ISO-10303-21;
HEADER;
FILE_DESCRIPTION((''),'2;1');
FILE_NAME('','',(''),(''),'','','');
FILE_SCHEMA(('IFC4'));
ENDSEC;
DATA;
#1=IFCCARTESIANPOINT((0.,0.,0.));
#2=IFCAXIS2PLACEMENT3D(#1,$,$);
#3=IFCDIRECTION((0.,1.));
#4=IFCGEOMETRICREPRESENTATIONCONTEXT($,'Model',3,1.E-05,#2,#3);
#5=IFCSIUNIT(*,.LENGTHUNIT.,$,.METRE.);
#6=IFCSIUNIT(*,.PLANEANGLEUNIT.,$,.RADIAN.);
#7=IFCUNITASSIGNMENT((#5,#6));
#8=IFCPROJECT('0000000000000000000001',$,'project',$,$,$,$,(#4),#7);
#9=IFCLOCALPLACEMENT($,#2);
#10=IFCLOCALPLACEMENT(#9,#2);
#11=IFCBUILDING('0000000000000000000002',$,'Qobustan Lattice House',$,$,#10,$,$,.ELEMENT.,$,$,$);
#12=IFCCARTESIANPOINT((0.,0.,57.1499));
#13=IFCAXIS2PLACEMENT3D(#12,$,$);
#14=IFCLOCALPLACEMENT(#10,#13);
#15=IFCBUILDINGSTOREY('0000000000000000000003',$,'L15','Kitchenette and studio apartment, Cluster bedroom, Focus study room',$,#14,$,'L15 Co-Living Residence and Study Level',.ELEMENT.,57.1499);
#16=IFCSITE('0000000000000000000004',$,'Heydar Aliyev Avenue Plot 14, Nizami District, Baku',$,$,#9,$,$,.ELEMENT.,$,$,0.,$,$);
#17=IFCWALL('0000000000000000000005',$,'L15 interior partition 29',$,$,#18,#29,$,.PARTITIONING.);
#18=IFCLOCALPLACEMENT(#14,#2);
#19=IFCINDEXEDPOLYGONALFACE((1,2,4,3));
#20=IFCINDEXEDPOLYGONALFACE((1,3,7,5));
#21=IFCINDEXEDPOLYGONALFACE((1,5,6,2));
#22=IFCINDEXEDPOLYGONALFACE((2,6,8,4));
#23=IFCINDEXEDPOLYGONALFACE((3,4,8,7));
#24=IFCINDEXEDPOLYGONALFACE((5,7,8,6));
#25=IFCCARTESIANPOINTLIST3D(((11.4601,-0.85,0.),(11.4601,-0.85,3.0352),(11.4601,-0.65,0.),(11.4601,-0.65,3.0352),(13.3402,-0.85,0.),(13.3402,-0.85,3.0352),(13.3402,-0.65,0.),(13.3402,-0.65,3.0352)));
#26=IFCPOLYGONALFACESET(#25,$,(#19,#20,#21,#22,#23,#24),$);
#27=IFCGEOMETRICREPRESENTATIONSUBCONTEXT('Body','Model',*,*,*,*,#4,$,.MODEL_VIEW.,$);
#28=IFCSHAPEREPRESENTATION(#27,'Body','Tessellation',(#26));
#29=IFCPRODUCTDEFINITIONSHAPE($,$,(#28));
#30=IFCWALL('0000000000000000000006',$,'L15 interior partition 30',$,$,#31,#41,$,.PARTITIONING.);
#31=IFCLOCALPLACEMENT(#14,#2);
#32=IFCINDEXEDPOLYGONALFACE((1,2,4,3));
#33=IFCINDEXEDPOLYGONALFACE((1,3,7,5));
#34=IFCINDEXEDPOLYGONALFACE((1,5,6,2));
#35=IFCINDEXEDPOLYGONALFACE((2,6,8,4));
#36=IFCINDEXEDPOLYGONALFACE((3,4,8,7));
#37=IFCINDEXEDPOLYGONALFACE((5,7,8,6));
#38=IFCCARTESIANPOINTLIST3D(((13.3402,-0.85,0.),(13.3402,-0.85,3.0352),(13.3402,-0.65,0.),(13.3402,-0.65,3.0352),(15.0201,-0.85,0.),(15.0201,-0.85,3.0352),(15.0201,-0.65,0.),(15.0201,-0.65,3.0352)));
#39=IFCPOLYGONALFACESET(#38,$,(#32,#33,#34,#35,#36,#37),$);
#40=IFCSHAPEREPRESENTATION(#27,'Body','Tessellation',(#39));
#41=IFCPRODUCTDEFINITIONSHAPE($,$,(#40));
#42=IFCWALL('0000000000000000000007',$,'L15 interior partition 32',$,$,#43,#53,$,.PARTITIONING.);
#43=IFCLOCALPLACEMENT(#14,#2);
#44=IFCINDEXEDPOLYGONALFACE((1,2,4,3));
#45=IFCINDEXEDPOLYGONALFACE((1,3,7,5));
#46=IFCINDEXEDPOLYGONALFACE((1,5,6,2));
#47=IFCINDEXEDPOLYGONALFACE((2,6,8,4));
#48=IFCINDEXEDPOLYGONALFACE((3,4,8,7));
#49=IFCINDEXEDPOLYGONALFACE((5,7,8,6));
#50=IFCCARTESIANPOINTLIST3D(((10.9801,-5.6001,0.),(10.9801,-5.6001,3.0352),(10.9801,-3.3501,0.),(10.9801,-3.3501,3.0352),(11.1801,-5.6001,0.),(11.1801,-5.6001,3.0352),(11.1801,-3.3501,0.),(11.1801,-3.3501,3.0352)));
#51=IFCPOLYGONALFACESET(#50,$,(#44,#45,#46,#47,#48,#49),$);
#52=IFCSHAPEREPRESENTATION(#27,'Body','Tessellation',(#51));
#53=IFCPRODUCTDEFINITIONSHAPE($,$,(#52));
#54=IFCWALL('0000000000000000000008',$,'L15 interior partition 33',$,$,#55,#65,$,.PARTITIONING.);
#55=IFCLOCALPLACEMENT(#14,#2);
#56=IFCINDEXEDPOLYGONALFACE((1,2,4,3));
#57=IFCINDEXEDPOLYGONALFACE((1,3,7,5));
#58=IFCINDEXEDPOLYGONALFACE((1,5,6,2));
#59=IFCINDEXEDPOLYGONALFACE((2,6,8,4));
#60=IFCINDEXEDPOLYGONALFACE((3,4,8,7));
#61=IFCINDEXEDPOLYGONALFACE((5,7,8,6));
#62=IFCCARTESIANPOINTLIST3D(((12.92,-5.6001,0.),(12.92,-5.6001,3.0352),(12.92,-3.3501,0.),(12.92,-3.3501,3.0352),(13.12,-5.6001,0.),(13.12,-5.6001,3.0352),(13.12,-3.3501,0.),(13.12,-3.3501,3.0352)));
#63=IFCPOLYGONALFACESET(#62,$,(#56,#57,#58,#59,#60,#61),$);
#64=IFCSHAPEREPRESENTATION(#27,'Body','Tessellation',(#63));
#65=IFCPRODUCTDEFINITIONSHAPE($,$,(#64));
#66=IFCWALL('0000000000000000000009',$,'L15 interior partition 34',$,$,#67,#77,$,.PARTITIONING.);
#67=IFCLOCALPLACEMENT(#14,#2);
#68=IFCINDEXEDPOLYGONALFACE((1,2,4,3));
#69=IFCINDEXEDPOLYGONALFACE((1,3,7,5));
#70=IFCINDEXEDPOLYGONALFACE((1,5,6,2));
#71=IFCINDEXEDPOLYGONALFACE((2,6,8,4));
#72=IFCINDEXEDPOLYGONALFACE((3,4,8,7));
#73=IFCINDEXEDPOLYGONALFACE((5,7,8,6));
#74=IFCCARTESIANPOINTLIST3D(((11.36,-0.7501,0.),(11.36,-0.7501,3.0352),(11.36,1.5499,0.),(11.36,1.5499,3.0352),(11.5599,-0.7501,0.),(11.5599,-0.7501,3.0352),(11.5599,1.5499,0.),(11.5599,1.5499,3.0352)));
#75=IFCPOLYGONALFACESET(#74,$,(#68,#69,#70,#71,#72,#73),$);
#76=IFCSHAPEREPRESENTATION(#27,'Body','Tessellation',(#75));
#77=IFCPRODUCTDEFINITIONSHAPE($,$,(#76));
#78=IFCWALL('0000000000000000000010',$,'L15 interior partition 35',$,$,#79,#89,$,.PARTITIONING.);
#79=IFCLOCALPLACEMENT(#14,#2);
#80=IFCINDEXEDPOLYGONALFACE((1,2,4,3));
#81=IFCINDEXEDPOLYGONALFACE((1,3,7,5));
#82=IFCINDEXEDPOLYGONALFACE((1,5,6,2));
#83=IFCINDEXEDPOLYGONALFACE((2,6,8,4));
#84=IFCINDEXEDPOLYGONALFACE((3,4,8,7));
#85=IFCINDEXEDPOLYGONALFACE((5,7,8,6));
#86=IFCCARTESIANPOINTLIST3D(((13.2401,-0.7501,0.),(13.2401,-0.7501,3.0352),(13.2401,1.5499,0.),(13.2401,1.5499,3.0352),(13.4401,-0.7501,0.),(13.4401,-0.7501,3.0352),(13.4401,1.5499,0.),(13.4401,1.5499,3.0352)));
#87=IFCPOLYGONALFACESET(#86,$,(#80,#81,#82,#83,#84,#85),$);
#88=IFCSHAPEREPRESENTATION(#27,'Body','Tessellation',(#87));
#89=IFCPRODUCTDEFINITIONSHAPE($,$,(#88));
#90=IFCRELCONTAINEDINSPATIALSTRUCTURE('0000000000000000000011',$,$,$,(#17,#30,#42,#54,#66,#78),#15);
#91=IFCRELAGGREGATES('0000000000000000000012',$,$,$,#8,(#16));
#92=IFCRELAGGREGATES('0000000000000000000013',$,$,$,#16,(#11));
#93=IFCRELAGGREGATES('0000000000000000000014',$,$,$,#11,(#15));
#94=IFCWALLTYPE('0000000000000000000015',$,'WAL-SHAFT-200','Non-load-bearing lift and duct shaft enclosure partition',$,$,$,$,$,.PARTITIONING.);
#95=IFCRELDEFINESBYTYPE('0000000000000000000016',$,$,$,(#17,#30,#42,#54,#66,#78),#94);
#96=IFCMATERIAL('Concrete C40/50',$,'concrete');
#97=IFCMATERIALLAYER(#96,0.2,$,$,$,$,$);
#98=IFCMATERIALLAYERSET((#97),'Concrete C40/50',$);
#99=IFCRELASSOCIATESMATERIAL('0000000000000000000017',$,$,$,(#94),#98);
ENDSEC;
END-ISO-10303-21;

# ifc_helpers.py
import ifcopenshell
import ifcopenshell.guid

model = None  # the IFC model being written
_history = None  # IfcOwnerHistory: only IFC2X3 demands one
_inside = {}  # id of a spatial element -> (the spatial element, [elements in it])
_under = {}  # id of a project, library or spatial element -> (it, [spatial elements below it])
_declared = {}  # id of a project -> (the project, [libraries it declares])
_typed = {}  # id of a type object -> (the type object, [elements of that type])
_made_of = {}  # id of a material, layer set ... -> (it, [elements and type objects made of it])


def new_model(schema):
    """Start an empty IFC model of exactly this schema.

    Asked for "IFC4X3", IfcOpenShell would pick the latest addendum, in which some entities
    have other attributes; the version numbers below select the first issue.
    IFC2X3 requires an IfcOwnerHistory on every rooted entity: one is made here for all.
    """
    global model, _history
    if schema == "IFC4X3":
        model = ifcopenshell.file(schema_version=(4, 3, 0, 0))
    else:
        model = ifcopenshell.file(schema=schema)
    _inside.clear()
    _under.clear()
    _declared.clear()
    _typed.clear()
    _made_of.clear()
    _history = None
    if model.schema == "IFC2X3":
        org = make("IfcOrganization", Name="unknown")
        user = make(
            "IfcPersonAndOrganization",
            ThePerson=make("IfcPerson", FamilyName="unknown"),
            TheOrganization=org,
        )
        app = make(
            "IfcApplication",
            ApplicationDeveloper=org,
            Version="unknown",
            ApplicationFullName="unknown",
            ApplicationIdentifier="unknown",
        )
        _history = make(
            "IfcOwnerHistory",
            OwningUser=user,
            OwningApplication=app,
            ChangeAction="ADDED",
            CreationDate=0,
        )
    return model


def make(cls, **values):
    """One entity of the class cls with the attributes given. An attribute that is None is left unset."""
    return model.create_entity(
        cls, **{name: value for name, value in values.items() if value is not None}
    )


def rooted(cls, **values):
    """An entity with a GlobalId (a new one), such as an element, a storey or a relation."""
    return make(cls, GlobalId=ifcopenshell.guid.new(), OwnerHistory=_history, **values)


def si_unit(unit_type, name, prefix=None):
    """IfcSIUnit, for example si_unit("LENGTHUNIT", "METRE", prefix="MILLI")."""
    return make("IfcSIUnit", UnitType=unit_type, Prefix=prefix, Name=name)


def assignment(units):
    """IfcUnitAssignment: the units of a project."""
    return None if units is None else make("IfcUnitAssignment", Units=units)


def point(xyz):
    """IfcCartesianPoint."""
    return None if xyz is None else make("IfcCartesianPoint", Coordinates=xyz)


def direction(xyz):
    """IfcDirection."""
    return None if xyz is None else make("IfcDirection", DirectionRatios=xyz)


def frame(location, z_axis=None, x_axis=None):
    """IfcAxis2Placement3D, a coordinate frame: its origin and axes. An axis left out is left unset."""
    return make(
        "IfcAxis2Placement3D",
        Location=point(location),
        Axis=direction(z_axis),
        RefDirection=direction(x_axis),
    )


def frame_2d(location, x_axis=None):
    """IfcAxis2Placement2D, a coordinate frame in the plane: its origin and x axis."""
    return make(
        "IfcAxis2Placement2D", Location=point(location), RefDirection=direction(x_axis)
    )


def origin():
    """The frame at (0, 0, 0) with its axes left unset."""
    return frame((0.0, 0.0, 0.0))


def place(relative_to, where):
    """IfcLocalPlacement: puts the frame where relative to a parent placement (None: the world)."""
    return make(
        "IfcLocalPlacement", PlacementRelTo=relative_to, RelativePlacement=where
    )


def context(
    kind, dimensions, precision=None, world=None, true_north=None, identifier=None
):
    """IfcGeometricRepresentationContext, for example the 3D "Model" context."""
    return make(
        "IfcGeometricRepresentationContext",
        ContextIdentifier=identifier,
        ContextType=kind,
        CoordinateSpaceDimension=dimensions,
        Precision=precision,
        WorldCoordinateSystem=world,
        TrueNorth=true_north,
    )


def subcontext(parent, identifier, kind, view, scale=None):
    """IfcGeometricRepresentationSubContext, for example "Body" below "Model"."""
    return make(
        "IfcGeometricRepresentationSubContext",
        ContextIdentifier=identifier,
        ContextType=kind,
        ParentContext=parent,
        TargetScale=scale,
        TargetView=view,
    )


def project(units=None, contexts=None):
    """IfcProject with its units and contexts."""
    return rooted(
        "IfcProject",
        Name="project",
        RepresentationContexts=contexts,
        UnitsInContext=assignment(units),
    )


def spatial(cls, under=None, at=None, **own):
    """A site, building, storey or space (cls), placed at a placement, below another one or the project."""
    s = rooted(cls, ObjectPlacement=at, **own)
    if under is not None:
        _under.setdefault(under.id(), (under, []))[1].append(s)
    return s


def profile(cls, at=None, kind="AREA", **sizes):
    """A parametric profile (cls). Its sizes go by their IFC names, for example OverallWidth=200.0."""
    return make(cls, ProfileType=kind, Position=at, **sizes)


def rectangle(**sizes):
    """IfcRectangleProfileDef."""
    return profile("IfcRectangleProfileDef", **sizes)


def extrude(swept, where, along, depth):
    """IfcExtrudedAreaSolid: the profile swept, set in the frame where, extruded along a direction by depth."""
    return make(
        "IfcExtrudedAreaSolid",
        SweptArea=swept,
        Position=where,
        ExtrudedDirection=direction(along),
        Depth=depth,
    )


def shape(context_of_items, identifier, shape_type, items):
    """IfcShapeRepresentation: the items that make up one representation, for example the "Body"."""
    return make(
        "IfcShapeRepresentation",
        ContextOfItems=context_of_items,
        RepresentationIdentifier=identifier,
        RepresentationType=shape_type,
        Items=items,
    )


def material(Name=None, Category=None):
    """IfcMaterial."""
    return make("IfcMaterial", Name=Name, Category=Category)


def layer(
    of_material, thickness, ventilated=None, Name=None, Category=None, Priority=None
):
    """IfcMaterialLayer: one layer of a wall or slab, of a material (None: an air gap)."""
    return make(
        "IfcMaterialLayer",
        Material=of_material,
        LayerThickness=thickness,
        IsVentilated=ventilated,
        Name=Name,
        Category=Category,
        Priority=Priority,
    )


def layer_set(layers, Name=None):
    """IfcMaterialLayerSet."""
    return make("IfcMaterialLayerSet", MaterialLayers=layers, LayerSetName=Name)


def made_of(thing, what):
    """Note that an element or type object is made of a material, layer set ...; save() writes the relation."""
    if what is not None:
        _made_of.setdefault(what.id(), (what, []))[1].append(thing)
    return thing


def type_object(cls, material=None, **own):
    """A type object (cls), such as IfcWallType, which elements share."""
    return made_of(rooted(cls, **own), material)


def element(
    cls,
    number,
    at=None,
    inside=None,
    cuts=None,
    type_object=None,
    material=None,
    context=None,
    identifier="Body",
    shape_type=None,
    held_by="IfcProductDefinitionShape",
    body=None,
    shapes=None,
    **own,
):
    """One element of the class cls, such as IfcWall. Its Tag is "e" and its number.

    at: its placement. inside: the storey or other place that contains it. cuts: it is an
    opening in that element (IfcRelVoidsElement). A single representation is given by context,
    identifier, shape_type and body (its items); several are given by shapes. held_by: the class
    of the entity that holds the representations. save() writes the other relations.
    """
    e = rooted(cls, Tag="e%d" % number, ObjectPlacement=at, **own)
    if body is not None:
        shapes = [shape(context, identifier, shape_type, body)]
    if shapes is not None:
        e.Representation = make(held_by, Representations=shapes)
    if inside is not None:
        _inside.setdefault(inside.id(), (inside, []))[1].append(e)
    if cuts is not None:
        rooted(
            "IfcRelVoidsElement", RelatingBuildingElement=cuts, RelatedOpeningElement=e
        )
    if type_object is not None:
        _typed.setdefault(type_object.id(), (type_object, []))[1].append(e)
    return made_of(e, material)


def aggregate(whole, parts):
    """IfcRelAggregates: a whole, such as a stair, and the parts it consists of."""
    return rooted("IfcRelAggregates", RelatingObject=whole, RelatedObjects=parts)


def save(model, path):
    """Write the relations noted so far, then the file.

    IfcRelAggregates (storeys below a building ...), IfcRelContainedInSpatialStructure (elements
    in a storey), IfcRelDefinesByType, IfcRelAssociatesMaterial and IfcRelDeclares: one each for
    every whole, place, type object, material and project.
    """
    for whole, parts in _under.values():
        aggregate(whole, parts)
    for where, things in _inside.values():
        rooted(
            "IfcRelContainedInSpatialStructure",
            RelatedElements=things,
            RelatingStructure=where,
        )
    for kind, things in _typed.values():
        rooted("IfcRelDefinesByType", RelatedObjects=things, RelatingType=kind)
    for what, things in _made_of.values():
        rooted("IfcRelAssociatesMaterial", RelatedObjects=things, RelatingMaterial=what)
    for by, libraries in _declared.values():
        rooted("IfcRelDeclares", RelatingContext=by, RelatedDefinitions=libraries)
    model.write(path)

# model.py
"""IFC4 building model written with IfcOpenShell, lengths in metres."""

from ifc_helpers import new_model, si_unit, direction, frame, frame_2d, origin, place, context, subcontext, project, spatial, rectangle, extrude, material, layer, layer_set, type_object, element, save


model = new_model("IFC4")

# Units and contexts
model_context = context("Model", 3, precision=1e-05, world=origin(), true_north=direction((0.0, 1.0)))
body_context = subcontext(model_context, "Body", "Model", "MODEL_VIEW")
ifc_project = project(units=[si_unit("LENGTHUNIT", "METRE"), si_unit("PLANEANGLEUNIT", "RADIAN")], contexts=[model_context])

# Site, building, storey
site_placement = place(None, origin())
site = spatial("IfcSite", under=ifc_project, at=site_placement, Name="Heydar Aliyev Avenue Plot 14, Nizami District, Baku", CompositionType="ELEMENT", RefElevation=0.0)
building_placement = place(site_placement, origin())
building = spatial("IfcBuilding", under=site, at=building_placement, Name="Qobustan Lattice House", CompositionType="ELEMENT")
storey_placement = place(building_placement, frame((0.0, 0.0, 57.1499)))
storey = spatial("IfcBuildingStorey", under=building, at=storey_placement, Name="L15", Description="Kitchenette and studio apartment, Cluster bedroom, Focus study room", LongName="L15 Co-Living Residence and Study Level", CompositionType="ELEMENT", Elevation=57.1499)

# Walls
ifc_material_1 = material(Name="Concrete C40/50", Category="concrete")
ifc_layer_1 = layer(ifc_material_1, 0.2)
ifc_layer_set_1 = layer_set([ifc_layer_1], Name="Concrete C40/50")
wall_type_1 = type_object("IfcWallType", Name="WAL-SHAFT-200", Description="Non-load-bearing lift and duct shaft enclosure partition", PredefinedType="PARTITIONING", material=ifc_layer_set_1)
wall_1_placement = place(storey_placement, frame((13.3401, -0.75, 0.0), z_axis=(0.0, 0.0, 1.0), x_axis=(-1.0, 0.0, 0.0)))
element("IfcWall", 1, at=wall_1_placement, inside=storey, type_object=wall_type_1, Name="L15 interior partition 29", PredefinedType="PARTITIONING", context=body_context, shape_type="SweptSolid", body=[
    extrude(rectangle(XDim=1.8801, YDim=0.2, at=frame_2d((0.9399, 0.0))), origin(), (0.0, 0.0, 1.0), 3.0352),
])
wall_2_placement = place(storey_placement, frame((15.02, -0.75, 0.0), z_axis=(0.0, 0.0, 1.0), x_axis=(-1.0, 0.0, 0.0)))
element("IfcWall", 2, at=wall_2_placement, inside=storey, type_object=wall_type_1, Name="L15 interior partition 30", PredefinedType="PARTITIONING", context=body_context, shape_type="SweptSolid", body=[
    extrude(rectangle(XDim=1.6799, YDim=0.2, at=frame_2d((0.8398, 0.0))), origin(), (0.0, 0.0, 1.0), 3.0352),
])
for number, where, z_axis, x_axis, name in (
    (3, (11.0801, -5.6001, 0.0), (0.0, 0.0, 1.0), (0.0, 1.0, 0.0), "L15 interior partition 32"),
    (4, (13.02, -5.6001, 0.0), (0.0, 0.0, 1.0), (0.0, 1.0, 0.0), "L15 interior partition 33"),
):
    element("IfcWall", number, at=place(storey_placement, frame(where, z_axis=z_axis, x_axis=x_axis)), inside=storey, type_object=wall_type_1, Name=name, PredefinedType="PARTITIONING", context=body_context, shape_type="SweptSolid", body=[
        extrude(rectangle(XDim=2.25, YDim=0.2, at=frame_2d((1.125, 0.0))), origin(), (0.0, 0.0, 1.0), 3.0352),
    ])
for number, where, z_axis, x_axis, name in (
    (5, (11.46, -0.75, 0.0), (0.0, 0.0, 1.0), (0.0, 1.0, 0.0), "L15 interior partition 34"),
    (6, (13.3401, -0.75, 0.0), (0.0, 0.0, 1.0), (0.0, 1.0, 0.0), "L15 interior partition 35"),
):
    element("IfcWall", number, at=place(storey_placement, frame(where, z_axis=z_axis, x_axis=x_axis)), inside=storey, type_object=wall_type_1, Name=name, PredefinedType="PARTITIONING", context=body_context, shape_type="SweptSolid", body=[
        extrude(rectangle(XDim=2.3, YDim=0.2, at=frame_2d((1.1499, 0.0))), origin(), (0.0, 0.0, 1.0), 3.0352),
    ])

save(model, "model.ifc")
